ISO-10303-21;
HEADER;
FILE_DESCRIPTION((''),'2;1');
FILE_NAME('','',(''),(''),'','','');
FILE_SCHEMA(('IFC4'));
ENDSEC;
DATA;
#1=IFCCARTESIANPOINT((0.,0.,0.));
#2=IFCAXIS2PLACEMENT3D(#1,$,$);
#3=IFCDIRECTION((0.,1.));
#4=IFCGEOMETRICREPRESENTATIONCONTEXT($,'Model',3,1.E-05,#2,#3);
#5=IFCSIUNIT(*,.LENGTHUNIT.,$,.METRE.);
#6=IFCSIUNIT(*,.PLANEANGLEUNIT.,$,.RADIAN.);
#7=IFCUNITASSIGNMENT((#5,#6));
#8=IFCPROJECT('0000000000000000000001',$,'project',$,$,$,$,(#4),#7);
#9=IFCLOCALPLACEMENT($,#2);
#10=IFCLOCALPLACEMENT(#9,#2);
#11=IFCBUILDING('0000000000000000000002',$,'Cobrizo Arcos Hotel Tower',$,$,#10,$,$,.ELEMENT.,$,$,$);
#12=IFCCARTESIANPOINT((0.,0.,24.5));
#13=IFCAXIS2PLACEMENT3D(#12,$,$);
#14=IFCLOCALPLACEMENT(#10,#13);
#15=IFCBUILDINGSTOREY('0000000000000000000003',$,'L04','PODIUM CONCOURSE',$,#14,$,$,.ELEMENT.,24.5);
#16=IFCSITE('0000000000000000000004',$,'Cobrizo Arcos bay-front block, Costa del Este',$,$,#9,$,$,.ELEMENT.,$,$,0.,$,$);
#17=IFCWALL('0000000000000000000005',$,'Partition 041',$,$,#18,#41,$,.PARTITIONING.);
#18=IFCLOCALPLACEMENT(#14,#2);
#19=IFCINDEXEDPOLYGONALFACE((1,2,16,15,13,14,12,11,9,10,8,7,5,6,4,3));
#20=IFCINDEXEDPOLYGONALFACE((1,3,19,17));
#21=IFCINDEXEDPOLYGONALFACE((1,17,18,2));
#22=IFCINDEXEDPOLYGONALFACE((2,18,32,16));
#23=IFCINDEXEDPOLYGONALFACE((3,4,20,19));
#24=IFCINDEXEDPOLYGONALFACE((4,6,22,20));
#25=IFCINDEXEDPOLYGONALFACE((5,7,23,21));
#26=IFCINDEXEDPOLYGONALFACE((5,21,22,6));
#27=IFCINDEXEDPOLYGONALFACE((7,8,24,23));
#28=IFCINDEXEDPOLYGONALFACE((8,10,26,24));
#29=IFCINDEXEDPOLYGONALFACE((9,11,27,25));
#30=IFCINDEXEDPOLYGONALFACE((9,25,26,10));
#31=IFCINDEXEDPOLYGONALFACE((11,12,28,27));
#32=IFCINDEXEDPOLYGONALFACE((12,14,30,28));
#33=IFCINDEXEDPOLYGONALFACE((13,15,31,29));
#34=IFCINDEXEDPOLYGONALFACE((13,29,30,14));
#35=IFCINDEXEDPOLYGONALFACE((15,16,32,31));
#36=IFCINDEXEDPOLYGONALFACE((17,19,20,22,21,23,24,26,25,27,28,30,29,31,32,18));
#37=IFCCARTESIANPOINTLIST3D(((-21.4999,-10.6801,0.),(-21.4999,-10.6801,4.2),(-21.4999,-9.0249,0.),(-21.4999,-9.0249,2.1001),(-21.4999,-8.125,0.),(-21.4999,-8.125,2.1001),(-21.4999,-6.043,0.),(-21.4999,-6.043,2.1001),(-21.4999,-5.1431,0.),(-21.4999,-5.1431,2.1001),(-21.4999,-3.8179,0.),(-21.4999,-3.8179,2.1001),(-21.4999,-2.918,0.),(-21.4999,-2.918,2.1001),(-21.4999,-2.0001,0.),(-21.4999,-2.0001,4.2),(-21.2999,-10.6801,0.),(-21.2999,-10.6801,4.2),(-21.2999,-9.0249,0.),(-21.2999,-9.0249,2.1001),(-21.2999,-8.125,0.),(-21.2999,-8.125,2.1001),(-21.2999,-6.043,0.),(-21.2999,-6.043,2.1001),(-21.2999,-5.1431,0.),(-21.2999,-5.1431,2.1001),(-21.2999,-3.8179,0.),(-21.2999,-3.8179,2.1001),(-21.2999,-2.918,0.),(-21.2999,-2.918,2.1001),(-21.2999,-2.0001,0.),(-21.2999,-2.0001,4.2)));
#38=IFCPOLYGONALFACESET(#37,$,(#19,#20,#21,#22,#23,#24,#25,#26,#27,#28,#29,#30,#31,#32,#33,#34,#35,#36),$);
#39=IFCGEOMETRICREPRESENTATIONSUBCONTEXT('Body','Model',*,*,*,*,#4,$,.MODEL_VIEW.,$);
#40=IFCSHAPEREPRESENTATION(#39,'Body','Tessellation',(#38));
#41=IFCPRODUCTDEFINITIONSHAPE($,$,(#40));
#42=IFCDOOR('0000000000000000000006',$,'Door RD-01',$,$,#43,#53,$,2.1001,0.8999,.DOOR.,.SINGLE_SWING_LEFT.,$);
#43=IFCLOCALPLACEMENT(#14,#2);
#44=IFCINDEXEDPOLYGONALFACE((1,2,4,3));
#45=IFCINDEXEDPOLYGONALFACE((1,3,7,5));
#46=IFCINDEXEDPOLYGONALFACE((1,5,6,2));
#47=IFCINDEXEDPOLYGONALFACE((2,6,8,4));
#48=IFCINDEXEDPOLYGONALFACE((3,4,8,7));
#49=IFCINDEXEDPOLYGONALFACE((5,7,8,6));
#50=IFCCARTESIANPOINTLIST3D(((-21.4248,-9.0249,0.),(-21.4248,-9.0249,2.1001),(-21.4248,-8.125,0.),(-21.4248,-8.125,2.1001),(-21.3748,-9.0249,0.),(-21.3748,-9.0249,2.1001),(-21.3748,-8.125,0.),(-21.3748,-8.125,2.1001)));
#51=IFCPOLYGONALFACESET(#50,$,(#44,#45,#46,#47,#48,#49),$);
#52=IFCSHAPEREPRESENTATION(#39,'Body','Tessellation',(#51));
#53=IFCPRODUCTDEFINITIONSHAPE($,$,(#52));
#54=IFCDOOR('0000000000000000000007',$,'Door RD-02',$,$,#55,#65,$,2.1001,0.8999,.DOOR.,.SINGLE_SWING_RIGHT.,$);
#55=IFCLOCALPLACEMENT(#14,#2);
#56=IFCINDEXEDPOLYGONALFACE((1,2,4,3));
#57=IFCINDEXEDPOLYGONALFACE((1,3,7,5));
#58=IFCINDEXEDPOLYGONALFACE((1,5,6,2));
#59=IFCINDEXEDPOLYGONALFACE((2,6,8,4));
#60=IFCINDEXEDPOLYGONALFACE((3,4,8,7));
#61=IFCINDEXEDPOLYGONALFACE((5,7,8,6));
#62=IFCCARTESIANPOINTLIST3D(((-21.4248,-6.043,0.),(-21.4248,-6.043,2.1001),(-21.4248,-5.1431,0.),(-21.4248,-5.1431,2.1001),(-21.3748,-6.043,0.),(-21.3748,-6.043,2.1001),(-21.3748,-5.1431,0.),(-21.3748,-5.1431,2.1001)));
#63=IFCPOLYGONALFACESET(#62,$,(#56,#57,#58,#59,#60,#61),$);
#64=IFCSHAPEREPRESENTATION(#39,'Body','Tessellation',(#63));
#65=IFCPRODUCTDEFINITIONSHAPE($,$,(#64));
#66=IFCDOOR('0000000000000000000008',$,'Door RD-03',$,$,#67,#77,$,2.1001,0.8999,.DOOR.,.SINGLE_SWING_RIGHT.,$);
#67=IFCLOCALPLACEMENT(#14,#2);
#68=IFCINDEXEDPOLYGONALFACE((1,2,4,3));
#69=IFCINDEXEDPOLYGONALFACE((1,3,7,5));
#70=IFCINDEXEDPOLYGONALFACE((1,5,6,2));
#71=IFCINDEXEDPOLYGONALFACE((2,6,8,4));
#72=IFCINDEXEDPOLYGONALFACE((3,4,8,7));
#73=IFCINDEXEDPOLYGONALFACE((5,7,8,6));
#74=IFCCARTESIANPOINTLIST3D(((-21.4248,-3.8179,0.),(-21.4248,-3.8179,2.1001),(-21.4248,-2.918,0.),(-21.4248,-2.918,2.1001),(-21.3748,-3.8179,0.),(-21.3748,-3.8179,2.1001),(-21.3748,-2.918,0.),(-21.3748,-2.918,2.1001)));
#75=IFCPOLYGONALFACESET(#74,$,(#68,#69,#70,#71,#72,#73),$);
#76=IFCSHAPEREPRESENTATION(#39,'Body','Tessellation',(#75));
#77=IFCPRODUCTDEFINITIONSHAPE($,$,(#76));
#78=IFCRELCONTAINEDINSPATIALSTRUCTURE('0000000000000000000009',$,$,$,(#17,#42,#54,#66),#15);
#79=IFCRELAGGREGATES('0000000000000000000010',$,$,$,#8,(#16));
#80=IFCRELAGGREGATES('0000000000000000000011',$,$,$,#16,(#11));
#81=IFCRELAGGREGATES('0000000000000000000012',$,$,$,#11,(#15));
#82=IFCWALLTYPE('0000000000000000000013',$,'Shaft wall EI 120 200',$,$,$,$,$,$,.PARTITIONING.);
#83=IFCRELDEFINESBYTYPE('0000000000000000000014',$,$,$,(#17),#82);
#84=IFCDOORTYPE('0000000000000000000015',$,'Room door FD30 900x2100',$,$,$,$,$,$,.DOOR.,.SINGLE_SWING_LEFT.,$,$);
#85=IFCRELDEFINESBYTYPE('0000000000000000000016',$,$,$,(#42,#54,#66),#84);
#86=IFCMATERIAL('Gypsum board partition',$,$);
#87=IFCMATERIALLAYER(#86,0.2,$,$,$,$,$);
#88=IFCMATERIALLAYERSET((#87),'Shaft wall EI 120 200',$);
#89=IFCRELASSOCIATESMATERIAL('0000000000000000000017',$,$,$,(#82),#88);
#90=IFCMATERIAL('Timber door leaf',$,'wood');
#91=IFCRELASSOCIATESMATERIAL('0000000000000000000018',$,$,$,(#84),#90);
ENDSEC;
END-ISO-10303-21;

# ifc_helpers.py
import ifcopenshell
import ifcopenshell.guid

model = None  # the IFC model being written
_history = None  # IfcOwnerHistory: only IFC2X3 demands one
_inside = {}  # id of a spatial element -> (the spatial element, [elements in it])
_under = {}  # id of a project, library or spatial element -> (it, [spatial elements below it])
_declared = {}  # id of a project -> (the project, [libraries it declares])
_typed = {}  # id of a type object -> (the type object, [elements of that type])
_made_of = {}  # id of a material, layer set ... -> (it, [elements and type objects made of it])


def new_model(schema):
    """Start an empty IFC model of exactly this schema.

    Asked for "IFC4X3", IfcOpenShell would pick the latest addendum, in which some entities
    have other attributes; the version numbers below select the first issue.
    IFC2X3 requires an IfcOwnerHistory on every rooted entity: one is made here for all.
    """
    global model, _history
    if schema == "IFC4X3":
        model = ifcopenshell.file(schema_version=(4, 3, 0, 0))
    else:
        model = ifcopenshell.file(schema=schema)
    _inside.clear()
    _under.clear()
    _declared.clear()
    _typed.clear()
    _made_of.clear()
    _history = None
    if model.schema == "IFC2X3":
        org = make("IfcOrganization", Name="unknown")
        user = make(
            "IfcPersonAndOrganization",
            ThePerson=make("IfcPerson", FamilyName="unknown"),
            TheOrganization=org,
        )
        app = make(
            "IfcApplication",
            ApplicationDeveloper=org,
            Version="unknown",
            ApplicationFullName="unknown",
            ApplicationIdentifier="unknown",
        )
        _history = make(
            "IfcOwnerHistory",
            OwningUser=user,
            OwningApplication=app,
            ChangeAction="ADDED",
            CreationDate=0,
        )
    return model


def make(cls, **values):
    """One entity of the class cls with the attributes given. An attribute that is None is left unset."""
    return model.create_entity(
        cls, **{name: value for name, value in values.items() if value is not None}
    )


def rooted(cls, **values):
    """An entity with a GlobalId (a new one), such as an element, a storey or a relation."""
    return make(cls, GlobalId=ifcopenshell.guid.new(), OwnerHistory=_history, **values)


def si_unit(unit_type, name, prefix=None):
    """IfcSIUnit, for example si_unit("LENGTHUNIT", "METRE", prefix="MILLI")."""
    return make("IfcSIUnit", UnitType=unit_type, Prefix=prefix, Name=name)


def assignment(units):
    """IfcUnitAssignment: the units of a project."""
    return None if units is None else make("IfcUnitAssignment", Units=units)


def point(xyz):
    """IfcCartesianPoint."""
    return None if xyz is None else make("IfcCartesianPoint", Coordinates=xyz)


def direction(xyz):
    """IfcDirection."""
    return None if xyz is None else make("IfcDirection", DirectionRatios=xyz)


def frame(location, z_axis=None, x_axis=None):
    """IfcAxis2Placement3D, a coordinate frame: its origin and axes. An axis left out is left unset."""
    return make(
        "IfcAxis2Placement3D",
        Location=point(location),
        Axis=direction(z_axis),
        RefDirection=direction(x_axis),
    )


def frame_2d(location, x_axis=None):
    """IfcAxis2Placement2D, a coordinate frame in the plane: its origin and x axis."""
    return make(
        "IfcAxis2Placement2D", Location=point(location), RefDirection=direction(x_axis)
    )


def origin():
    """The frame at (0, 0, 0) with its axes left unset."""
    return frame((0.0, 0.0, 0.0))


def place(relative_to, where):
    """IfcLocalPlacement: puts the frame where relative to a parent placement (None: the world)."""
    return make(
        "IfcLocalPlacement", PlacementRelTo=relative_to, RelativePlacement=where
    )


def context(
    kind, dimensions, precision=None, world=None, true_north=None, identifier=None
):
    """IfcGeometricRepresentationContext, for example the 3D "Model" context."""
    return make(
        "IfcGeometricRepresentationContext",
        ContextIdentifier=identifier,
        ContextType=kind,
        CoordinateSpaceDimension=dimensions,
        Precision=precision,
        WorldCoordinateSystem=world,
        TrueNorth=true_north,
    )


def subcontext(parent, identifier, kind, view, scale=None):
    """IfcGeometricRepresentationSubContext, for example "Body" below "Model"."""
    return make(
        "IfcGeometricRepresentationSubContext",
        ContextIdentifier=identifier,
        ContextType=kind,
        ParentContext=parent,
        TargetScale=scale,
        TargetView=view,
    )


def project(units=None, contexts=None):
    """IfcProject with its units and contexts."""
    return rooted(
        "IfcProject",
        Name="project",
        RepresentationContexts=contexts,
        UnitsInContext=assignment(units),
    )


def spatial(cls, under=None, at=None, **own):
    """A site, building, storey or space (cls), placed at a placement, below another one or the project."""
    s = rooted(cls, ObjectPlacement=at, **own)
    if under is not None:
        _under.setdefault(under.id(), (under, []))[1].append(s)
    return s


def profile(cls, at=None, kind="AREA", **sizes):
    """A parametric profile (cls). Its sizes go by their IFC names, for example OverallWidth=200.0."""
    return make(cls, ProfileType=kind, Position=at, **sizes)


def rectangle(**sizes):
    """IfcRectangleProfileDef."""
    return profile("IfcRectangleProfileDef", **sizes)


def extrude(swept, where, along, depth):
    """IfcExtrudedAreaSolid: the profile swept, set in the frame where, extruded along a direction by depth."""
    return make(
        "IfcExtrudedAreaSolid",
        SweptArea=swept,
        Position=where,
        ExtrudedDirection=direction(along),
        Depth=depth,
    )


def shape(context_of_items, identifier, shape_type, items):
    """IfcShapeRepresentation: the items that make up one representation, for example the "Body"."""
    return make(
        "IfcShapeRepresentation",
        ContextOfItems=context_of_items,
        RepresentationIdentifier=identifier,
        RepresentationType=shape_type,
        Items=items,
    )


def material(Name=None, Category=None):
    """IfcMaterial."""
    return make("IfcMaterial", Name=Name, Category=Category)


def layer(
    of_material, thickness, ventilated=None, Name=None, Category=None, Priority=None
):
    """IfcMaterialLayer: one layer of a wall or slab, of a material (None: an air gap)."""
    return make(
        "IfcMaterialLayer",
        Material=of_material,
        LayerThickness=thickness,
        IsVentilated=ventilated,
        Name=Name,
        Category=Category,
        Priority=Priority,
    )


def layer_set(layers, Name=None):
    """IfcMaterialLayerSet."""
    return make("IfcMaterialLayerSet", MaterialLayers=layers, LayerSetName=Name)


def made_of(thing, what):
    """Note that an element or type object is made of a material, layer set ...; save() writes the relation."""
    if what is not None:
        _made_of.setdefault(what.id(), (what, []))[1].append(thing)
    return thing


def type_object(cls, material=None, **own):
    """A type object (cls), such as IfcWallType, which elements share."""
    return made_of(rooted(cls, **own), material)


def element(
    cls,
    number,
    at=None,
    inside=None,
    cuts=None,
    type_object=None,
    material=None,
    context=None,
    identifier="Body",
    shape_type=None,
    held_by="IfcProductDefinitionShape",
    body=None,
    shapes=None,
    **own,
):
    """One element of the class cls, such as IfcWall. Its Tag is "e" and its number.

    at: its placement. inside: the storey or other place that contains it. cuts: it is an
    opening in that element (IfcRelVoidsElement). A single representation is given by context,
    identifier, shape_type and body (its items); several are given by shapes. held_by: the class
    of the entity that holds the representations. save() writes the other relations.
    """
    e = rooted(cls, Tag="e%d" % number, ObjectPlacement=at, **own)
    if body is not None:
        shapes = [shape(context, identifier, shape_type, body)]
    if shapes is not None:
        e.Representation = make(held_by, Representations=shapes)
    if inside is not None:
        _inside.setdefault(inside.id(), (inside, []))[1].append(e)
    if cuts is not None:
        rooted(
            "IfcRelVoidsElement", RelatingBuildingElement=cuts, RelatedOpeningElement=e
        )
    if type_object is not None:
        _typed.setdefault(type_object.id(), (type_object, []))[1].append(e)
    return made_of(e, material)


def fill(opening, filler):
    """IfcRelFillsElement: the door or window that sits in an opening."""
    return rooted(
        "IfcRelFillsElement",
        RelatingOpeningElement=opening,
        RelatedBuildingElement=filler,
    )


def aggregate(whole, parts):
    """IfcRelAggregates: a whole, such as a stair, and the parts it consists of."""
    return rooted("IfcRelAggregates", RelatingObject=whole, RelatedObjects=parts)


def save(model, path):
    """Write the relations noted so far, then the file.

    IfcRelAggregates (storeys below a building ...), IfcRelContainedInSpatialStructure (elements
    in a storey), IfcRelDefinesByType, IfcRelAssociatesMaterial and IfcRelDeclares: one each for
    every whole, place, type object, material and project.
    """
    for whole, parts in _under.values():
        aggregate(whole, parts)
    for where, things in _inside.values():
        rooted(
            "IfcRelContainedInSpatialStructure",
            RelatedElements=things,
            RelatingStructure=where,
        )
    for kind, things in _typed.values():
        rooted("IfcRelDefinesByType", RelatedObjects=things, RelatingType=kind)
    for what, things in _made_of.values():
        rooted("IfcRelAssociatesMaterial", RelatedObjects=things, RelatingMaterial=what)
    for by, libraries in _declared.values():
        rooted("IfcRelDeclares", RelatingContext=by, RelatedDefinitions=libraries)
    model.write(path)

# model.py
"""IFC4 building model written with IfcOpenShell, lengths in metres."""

from ifc_helpers import new_model, si_unit, direction, frame, frame_2d, origin, place, context, subcontext, project, spatial, rectangle, extrude, material, layer, layer_set, type_object, element, fill, save


model = new_model("IFC4")

# Units and contexts
model_context = context("Model", 3, precision=1e-05, world=origin(), true_north=direction((0.0, 1.0)))
body_context = subcontext(model_context, "Body", "Model", "MODEL_VIEW")
ifc_project = project(units=[si_unit("LENGTHUNIT", "METRE"), si_unit("PLANEANGLEUNIT", "RADIAN")], contexts=[model_context])

# Site, building, storey
site_placement = place(None, origin())
site = spatial("IfcSite", under=ifc_project, at=site_placement, Name="Cobrizo Arcos bay-front block, Costa del Este", CompositionType="ELEMENT", RefElevation=0.0)
building_placement = place(site_placement, origin())
building = spatial("IfcBuilding", under=site, at=building_placement, Name="Cobrizo Arcos Hotel Tower", CompositionType="ELEMENT")
storey_placement = place(building_placement, frame((0.0, 0.0, 24.5)))
storey = spatial("IfcBuildingStorey", under=building, at=storey_placement, Name="L04", Description="PODIUM CONCOURSE", CompositionType="ELEMENT", Elevation=24.5)

# Shared definitions
ifc_material_1 = material(Name="Gypsum board partition")

# Wall, openings, doors
ifc_layer_1 = layer(ifc_material_1, 0.2)
ifc_layer_set_1 = layer_set([ifc_layer_1], Name="Shaft wall EI 120 200")
wall_type_1 = type_object("IfcWallType", Name="Shaft wall EI 120 200", PredefinedType="PARTITIONING", material=ifc_layer_set_1)
wall_1_placement = place(storey_placement, frame((-21.3999, -10.6799, 0.0), z_axis=(0.0, 0.0, 1.0), x_axis=(0.0, 1.0, 0.0)))
wall_1 = element("IfcWall", 1, at=wall_1_placement, inside=storey, type_object=wall_type_1, Name="Partition 041", PredefinedType="PARTITIONING", context=body_context, shape_type="SweptSolid", body=[
    extrude(rectangle(XDim=8.6799, YDim=0.2, at=frame_2d((4.3398, 0.0))), origin(), (0.0, 0.0, 1.0), 4.2),
])
opening_1_placement = place(wall_1_placement, frame((1.655, 0.0, 0.0)))
opening_1 = element("IfcOpeningElement", 2, at=opening_1_placement, cuts=wall_1, PredefinedType="OPENING", context=body_context, shape_type="SweptSolid", body=[
    extrude(rectangle(XDim=0.8999, YDim=2.1001, at=frame_2d((0.45, 1.05))), frame((0.0, 0.1121, 0.0), z_axis=(0.0, -1.0, 0.0), x_axis=(1.0, 0.0, 0.0)), (0.0, 0.0, 1.0), 0.2239),
])
opening_2_placement = place(wall_1_placement, frame((4.637, 0.0, 0.0)))
opening_2 = element("IfcOpeningElement", 3, at=opening_2_placement, cuts=wall_1, PredefinedType="OPENING", context=body_context, shape_type="SweptSolid", body=[
    extrude(rectangle(XDim=0.8999, YDim=2.1001, at=frame_2d((0.45, 1.05))), frame((0.0, 0.1121, 0.0), z_axis=(0.0, -1.0, 0.0), x_axis=(1.0, 0.0, 0.0)), (0.0, 0.0, 1.0), 0.2239),
])
opening_3_placement = place(wall_1_placement, frame((6.8621, 0.0, 0.0)))
opening_3 = element("IfcOpeningElement", 4, at=opening_3_placement, cuts=wall_1, PredefinedType="OPENING", context=body_context, shape_type="SweptSolid", body=[
    extrude(rectangle(XDim=0.8999, YDim=2.1001, at=frame_2d((0.45, 1.05))), frame((0.0, 0.1121, 0.0), z_axis=(0.0, -1.0, 0.0), x_axis=(1.0, 0.0, 0.0)), (0.0, 0.0, 1.0), 0.2239),
])
ifc_material_2 = material(Name="Timber door leaf", Category="wood")
door_type = type_object("IfcDoorType", Name="Room door FD30 900x2100", OperationType="SINGLE_SWING_LEFT", PredefinedType="DOOR", material=ifc_material_2)
door_1_placement = place(opening_1_placement, origin())
door_1 = element("IfcDoor", 5, at=door_1_placement, inside=storey, type_object=door_type, Name="Door RD-01", OperationType="SINGLE_SWING_LEFT", OverallHeight=2.1001, OverallWidth=0.8999, PredefinedType="DOOR", context=body_context, shape_type="SweptSolid", body=[
    extrude(rectangle(XDim=0.8999, YDim=2.1001, at=frame_2d((0.45, 1.05))), frame((0.0, 0.0249, 0.0), z_axis=(0.0, -1.0, 0.0), x_axis=(1.0, 0.0, 0.0)), (0.0, 0.0, 1.0), 0.05),
])
fill(opening_1, door_1)
door_2_placement = place(opening_2_placement, origin())
door_2 = element("IfcDoor", 6, at=door_2_placement, inside=storey, type_object=door_type, Name="Door RD-02", OperationType="SINGLE_SWING_RIGHT", OverallHeight=2.1001, OverallWidth=0.8999, PredefinedType="DOOR", context=body_context, shape_type="SweptSolid", body=[
    extrude(rectangle(XDim=0.8999, YDim=2.1001, at=frame_2d((0.45, 1.05))), frame((0.0, 0.0249, 0.0), z_axis=(0.0, -1.0, 0.0), x_axis=(1.0, 0.0, 0.0)), (0.0, 0.0, 1.0), 0.05),
])
fill(opening_2, door_2)
door_3_placement = place(opening_3_placement, origin())
door_3 = element("IfcDoor", 7, at=door_3_placement, inside=storey, type_object=door_type, Name="Door RD-03", OperationType="SINGLE_SWING_RIGHT", OverallHeight=2.1001, OverallWidth=0.8999, PredefinedType="DOOR", context=body_context, shape_type="SweptSolid", body=[
    extrude(rectangle(XDim=0.8999, YDim=2.1001, at=frame_2d((0.45, 1.05))), frame((0.0, 0.0249, 0.0), z_axis=(0.0, -1.0, 0.0), x_axis=(1.0, 0.0, 0.0)), (0.0, 0.0, 1.0), 0.05),
])
fill(opening_3, door_3)

save(model, "model.ifc")
